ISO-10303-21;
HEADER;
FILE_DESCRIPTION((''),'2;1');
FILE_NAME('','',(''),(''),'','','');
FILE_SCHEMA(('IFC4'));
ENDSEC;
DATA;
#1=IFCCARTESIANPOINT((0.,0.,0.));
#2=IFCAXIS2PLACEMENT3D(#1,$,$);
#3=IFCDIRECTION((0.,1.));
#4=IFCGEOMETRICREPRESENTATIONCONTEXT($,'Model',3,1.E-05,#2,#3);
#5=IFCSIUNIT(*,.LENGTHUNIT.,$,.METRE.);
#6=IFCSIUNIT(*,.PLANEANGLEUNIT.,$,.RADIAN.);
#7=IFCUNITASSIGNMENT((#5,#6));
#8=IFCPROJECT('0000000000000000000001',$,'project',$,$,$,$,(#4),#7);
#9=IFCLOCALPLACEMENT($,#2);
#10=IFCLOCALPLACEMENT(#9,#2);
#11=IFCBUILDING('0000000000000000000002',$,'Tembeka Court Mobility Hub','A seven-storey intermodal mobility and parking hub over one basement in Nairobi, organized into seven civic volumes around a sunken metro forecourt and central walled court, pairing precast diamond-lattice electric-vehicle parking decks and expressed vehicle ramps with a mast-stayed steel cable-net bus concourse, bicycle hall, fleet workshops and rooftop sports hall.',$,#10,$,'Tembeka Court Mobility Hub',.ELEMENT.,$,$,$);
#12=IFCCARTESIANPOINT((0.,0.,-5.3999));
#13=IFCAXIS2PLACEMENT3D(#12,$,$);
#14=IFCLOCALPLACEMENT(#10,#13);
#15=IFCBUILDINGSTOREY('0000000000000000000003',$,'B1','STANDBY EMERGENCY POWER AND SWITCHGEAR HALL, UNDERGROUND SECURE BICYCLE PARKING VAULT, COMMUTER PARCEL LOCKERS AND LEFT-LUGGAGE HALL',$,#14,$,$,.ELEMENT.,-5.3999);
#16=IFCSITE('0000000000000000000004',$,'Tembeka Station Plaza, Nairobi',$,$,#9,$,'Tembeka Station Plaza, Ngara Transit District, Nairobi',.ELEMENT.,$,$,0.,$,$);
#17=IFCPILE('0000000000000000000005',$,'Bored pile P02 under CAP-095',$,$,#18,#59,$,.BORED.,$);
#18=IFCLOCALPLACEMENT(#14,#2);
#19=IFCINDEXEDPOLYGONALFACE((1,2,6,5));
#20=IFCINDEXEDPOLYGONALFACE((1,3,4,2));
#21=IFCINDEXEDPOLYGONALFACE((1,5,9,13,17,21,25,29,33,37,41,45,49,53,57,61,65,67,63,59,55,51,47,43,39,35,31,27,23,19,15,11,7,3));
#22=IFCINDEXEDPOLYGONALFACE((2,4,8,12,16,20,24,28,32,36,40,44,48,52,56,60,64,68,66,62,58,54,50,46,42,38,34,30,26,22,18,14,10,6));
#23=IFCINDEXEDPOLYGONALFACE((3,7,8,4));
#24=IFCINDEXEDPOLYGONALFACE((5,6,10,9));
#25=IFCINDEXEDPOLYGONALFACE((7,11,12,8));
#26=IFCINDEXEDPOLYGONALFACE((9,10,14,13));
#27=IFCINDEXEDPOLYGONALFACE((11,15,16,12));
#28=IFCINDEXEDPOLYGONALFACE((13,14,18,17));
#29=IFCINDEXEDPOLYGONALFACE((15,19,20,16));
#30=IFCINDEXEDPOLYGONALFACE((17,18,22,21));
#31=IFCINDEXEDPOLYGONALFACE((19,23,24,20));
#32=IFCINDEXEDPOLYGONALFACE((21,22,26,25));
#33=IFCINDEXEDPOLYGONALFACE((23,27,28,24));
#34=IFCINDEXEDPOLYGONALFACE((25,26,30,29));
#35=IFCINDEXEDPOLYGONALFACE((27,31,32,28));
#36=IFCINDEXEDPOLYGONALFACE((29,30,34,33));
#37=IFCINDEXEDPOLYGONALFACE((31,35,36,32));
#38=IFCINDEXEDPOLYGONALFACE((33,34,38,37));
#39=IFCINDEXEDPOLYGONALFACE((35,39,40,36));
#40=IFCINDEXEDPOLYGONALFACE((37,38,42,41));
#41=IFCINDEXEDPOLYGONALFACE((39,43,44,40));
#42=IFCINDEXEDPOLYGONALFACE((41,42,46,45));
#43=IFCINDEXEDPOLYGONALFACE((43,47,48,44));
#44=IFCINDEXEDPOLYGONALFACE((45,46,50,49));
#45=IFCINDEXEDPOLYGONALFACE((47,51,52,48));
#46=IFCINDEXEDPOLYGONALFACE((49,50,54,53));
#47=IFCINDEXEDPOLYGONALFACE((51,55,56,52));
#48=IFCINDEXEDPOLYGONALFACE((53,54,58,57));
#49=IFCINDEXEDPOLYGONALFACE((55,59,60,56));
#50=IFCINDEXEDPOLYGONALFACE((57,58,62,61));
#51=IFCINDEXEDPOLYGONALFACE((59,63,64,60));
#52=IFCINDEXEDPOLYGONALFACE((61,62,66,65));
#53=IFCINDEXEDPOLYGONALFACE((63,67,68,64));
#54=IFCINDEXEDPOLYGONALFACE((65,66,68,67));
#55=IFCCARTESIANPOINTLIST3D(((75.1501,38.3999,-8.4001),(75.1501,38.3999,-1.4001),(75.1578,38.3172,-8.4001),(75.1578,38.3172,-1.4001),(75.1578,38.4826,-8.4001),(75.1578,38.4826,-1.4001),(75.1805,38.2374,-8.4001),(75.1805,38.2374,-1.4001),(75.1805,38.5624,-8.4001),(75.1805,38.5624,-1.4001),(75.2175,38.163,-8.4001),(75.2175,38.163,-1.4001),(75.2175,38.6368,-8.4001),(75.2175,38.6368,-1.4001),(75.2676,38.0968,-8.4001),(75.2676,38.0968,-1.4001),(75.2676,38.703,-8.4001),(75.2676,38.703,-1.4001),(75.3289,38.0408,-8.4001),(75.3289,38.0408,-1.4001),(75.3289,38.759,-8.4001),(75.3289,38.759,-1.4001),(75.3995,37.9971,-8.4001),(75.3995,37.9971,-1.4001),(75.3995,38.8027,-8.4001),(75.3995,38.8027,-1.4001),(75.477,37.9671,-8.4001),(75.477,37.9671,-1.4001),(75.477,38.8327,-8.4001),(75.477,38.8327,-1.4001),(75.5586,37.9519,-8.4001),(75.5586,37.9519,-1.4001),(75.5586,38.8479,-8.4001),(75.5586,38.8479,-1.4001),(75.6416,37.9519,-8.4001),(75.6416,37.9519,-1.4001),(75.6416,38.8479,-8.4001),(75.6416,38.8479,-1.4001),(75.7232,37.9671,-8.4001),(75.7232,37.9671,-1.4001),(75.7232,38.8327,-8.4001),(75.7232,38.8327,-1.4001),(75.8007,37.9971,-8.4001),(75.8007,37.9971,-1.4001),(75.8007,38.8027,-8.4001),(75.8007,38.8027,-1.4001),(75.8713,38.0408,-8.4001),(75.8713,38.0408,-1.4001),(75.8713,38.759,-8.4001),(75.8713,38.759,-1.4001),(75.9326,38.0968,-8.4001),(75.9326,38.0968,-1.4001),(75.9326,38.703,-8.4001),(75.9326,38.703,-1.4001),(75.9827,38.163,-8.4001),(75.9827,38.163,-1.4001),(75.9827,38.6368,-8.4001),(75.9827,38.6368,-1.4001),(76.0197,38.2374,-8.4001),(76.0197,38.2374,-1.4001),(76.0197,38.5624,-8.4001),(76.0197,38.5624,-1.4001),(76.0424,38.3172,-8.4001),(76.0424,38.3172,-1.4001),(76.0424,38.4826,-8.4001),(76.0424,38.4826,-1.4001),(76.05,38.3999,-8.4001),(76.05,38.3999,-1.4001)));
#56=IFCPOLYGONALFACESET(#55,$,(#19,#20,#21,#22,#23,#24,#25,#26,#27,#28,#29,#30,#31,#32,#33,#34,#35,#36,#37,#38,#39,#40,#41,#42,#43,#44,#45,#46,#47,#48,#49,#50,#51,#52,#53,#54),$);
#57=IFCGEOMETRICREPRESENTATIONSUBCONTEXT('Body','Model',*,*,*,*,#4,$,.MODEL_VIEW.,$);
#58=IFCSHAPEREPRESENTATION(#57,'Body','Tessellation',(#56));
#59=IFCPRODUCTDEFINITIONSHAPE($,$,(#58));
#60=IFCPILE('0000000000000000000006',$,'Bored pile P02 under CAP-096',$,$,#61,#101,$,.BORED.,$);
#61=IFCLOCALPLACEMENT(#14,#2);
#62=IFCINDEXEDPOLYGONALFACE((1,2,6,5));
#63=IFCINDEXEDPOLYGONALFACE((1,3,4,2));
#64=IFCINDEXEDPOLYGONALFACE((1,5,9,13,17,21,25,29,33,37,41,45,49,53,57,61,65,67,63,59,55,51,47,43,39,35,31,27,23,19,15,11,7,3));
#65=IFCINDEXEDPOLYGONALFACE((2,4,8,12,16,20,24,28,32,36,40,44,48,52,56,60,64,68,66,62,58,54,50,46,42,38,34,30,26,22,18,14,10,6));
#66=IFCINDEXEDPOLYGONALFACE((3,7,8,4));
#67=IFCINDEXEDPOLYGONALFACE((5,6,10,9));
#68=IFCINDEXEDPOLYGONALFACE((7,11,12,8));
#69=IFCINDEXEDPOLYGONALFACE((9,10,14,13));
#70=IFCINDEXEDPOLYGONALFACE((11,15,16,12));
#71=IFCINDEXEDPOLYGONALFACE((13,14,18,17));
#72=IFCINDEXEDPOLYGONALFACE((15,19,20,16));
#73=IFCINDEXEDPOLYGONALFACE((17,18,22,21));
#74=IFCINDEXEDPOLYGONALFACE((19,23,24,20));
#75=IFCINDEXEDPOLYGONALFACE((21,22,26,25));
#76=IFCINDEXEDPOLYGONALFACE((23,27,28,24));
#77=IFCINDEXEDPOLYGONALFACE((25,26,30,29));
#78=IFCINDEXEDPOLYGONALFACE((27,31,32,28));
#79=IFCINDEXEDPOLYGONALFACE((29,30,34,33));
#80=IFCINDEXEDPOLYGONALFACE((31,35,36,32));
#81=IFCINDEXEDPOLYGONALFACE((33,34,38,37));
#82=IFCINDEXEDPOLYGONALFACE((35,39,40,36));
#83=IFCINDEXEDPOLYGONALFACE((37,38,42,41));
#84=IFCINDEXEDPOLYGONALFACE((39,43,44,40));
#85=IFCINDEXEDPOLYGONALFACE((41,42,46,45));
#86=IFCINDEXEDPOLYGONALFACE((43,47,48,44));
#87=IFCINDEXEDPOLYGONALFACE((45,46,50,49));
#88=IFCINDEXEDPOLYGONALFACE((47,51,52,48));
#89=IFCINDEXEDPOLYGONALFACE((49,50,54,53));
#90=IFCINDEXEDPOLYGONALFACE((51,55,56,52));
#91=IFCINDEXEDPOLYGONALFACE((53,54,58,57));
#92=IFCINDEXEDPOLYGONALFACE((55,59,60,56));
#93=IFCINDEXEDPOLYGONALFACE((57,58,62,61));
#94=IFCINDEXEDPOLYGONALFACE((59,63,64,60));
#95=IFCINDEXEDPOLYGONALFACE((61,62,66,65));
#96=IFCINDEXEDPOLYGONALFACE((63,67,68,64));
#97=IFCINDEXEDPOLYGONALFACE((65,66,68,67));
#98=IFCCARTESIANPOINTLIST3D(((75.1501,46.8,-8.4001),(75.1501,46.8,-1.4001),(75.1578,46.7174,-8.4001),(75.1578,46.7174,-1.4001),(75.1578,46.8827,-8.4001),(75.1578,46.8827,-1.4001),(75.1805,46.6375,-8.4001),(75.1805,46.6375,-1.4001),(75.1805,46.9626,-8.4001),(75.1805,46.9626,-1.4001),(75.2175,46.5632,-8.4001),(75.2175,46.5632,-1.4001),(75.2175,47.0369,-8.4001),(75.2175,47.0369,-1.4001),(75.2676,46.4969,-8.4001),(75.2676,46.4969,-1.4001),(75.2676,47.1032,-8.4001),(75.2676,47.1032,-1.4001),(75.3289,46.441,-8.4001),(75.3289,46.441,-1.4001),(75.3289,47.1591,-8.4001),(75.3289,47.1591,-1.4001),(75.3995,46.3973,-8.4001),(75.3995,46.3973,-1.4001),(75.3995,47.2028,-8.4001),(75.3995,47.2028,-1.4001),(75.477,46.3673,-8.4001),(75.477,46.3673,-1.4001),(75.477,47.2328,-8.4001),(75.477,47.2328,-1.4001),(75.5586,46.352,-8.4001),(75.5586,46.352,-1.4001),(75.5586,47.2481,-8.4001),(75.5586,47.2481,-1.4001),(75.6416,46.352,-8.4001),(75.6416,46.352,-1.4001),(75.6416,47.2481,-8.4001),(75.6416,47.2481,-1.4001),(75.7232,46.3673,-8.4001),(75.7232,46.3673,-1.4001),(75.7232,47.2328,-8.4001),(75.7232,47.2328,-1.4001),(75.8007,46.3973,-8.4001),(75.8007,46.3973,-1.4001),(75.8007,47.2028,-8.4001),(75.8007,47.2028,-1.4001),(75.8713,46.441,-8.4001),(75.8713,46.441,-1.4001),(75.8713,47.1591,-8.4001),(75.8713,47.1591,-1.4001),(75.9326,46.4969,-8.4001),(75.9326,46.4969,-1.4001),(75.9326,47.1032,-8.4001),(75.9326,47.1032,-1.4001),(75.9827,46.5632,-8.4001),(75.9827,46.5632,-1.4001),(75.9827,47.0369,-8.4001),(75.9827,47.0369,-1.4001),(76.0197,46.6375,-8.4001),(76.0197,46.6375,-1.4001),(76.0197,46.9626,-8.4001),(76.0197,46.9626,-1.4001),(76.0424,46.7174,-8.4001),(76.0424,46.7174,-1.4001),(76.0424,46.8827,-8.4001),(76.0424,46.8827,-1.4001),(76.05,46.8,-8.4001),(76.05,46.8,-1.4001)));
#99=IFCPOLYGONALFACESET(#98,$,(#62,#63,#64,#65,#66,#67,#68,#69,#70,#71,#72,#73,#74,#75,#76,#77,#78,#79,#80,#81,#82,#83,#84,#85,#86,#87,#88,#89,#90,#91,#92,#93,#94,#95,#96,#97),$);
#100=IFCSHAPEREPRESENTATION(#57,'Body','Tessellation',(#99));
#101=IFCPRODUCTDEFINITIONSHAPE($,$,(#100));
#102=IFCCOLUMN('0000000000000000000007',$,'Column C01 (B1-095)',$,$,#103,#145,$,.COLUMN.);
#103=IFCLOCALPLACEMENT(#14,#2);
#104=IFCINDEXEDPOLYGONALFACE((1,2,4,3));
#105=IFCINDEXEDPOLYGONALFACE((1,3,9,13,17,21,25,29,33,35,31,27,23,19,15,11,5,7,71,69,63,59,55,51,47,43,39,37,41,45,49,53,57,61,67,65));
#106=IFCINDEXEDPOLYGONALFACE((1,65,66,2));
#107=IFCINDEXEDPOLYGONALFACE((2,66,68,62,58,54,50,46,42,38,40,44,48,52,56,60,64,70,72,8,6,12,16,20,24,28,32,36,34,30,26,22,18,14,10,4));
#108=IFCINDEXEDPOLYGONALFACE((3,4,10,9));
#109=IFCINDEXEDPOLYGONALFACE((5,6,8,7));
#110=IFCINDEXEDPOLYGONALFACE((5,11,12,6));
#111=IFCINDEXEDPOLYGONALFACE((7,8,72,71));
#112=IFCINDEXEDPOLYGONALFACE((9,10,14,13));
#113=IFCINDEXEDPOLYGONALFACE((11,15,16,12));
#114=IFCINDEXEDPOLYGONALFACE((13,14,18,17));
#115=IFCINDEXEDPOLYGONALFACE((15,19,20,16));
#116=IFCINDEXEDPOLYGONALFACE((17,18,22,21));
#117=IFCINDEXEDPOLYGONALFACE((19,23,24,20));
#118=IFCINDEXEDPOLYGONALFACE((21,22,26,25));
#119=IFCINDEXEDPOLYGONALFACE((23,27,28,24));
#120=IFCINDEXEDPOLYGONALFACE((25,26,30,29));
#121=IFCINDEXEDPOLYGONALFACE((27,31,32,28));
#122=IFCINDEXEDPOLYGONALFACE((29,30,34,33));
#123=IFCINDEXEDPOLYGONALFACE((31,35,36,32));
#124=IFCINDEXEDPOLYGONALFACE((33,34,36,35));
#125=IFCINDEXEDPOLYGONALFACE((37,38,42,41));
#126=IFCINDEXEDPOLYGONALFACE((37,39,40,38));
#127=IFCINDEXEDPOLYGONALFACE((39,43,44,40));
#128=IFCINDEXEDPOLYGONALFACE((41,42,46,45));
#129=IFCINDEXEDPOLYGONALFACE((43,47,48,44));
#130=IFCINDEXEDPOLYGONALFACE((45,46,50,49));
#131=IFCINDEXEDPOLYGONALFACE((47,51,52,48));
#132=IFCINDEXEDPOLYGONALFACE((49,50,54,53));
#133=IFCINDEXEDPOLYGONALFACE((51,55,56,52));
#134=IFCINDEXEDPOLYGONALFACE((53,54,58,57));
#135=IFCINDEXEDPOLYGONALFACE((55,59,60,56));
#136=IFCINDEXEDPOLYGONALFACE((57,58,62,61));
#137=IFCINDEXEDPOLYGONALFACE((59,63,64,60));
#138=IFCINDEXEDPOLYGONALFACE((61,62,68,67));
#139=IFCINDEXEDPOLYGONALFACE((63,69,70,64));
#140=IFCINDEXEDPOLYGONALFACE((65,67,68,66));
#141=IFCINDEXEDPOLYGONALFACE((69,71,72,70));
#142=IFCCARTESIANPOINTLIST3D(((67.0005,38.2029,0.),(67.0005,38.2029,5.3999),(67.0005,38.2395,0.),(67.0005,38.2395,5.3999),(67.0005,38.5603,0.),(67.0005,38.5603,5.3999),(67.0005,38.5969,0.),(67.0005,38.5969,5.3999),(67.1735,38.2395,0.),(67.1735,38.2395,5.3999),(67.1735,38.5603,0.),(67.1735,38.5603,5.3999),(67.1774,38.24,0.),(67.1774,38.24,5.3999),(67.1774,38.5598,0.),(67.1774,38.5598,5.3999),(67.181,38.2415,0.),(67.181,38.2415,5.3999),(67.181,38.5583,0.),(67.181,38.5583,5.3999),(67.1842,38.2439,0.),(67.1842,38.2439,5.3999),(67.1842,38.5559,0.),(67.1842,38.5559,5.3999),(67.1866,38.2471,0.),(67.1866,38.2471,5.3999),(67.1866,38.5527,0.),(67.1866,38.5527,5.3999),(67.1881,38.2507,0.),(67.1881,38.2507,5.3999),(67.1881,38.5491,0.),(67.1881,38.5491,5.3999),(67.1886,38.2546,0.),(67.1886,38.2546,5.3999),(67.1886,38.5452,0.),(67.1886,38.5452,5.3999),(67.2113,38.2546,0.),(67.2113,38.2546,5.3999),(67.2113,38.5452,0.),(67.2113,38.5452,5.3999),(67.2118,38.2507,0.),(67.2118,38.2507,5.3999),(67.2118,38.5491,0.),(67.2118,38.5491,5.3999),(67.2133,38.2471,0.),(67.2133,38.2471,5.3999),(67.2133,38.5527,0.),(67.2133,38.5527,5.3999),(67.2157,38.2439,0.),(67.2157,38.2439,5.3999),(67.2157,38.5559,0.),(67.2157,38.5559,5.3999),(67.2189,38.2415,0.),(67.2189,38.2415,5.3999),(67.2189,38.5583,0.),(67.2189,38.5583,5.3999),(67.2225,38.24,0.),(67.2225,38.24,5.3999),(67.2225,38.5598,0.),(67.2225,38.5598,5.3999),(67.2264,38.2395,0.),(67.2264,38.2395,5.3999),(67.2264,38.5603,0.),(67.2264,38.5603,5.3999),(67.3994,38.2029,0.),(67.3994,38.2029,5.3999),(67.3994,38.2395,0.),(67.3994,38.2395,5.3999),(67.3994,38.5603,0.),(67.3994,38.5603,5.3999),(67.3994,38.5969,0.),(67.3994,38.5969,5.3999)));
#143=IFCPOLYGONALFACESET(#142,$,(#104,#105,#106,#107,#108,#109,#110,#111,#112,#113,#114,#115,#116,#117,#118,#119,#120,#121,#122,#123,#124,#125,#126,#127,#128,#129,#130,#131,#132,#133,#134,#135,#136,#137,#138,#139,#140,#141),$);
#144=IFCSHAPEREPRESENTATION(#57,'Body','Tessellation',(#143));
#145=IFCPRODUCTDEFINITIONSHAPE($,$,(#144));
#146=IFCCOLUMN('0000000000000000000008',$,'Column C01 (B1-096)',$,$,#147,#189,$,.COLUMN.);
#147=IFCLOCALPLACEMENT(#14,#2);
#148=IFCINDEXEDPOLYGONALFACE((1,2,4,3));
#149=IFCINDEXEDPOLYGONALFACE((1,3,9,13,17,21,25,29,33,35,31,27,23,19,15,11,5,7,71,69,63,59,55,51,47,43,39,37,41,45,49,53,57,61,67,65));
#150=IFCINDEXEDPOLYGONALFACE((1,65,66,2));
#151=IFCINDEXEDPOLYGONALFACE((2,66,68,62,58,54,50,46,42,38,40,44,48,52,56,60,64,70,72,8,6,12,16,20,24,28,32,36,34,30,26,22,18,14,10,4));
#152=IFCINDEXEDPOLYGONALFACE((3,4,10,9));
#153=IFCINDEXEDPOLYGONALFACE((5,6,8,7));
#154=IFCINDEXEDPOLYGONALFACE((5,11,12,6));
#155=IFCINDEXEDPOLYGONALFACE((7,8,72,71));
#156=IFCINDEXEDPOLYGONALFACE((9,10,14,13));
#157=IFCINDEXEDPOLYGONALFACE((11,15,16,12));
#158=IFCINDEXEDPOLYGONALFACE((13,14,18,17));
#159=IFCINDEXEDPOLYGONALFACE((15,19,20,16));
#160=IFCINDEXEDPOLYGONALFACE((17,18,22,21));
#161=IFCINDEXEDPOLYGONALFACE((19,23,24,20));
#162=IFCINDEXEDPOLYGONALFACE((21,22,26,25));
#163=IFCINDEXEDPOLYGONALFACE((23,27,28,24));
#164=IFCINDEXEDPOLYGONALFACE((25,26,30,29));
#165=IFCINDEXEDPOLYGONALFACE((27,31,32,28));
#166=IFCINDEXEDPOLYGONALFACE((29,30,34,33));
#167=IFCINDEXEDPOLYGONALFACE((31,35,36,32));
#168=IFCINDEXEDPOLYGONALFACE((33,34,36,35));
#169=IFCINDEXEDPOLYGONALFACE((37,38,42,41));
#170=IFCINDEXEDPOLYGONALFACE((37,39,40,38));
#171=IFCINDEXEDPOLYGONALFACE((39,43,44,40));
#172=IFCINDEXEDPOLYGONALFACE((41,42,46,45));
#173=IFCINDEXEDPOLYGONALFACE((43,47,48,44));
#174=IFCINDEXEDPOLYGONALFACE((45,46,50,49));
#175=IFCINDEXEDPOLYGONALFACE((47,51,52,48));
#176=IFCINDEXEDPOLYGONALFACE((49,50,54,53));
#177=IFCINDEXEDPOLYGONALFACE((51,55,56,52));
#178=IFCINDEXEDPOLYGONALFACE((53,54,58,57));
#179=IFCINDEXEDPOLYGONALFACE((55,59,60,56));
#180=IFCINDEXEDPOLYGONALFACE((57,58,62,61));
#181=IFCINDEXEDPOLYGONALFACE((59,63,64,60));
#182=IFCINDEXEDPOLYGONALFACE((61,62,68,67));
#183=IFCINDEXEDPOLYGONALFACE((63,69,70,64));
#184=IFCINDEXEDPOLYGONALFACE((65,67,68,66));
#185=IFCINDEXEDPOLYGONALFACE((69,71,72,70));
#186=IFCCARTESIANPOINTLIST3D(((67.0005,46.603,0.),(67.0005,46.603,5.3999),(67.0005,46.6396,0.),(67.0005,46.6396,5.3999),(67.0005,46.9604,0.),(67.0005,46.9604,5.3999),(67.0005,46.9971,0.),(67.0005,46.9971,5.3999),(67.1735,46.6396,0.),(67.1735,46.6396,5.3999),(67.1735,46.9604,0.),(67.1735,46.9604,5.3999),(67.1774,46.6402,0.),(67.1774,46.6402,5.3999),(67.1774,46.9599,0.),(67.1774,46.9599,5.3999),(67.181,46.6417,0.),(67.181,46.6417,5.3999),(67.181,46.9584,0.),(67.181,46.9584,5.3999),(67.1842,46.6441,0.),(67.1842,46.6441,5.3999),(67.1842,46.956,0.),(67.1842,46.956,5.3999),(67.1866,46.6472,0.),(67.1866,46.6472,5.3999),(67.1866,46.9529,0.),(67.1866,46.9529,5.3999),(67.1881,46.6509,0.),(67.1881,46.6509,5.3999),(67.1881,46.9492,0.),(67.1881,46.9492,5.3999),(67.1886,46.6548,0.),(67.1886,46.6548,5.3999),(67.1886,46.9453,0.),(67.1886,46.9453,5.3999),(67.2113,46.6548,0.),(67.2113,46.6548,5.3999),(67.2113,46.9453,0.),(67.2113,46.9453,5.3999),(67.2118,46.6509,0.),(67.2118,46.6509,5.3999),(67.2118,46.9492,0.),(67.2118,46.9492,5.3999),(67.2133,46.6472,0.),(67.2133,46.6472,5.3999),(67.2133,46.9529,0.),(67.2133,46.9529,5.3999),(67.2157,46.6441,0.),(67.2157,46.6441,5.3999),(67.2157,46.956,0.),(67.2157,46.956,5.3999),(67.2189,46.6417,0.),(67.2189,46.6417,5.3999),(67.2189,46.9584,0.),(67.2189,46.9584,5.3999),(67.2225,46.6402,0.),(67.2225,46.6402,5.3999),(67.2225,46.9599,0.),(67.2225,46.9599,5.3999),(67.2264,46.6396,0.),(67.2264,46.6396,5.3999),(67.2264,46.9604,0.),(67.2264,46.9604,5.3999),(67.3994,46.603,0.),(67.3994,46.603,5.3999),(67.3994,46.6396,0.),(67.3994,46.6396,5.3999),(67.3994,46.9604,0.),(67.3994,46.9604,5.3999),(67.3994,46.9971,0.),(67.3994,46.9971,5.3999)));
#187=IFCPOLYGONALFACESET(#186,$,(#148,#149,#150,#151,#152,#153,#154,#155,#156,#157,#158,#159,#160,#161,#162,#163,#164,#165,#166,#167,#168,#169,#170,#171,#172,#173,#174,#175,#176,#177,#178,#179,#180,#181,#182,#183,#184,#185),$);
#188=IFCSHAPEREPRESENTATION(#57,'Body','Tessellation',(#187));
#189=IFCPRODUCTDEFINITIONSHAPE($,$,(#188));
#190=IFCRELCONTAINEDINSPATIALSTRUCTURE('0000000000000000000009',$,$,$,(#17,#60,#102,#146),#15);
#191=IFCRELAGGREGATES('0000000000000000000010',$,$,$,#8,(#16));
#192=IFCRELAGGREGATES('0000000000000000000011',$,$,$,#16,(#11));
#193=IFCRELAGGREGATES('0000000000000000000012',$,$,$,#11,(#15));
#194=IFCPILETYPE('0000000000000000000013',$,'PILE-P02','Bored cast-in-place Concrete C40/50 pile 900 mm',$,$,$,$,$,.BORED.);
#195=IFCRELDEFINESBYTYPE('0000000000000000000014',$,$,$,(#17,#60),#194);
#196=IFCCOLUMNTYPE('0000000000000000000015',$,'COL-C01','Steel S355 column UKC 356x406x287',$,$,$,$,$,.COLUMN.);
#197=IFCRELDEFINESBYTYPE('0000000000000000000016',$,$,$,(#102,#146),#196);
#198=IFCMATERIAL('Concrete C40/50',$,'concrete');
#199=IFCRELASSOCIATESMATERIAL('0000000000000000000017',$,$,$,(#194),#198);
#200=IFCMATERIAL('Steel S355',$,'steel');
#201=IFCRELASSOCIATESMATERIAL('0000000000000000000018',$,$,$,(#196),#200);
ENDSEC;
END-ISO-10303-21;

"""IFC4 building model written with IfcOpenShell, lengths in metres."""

from ifc_helpers import new_model, si_unit, direction, frame, origin, origin_2d, place, context, subcontext, project, spatial, circle, i_section, extrude, material, material_profile, profile_set, type_object, element, save


model = new_model("IFC4")

# Units and contexts
model_context = context("Model", 3, precision=1e-05, world=origin(), true_north=direction((0.0, 1.0)))
body_context = subcontext(model_context, "Body", "Model", "MODEL_VIEW")
ifc_project = project(units=[si_unit("LENGTHUNIT", "METRE"), si_unit("PLANEANGLEUNIT", "RADIAN")], contexts=[model_context])

# Site, building, storey
site_placement = place(None, origin())
site = spatial("IfcSite", under=ifc_project, at=site_placement, Name="Tembeka Station Plaza, Nairobi", LongName="Tembeka Station Plaza, Ngara Transit District, Nairobi", CompositionType="ELEMENT", RefElevation=0.0)
building_placement = place(site_placement, origin())
building = spatial("IfcBuilding", under=site, at=building_placement, Name="Tembeka Court Mobility Hub", Description="A seven-storey intermodal mobility and parking hub over one basement in Nairobi, organized into seven civic volumes around a sunken metro forecourt and central walled court, pairing precast diamond-lattice electric-vehicle parking decks and expressed vehicle ramps with a mast-stayed steel cable-net bus concourse, bicycle hall, fleet workshops and rooftop sports hall.", LongName="Tembeka Court Mobility Hub", CompositionType="ELEMENT")
storey_placement = place(building_placement, frame((0.0, 0.0, -5.3999)))
storey = spatial("IfcBuildingStorey", under=building, at=storey_placement, Name="B1", Description="STANDBY EMERGENCY POWER AND SWITCHGEAR HALL, UNDERGROUND SECURE BICYCLE PARKING VAULT, COMMUTER PARCEL LOCKERS AND LEFT-LUGGAGE HALL", CompositionType="ELEMENT", Elevation=-5.3999)

# Shared definitions
ifc_material_1 = material(Name="Concrete C40/50", Category="concrete")

# Piles
ifc_material_profile_1 = material_profile(ifc_material_1, circle(Radius=0.45, at=origin_2d()), Name="PILE D900")
ifc_profile_set_1 = profile_set([ifc_material_profile_1], Name="Concrete C40/50")
pile_type = type_object("IfcPileType", Name="PILE-P02", Description="Bored cast-in-place Concrete C40/50 pile 900 mm", PredefinedType="BORED", material=ifc_profile_set_1)
for number, where, z_axis, x_axis, name in (
    (1, (75.6001, 38.3999, -1.4001), (0.0, 0.0, -1.0), (1.0, 0.0, 0.0), "Bored pile P02 under CAP-095"),
    (2, (75.6001, 46.8, -1.4001), (0.0, 0.0, -1.0), (1.0, 0.0, 0.0), "Bored pile P02 under CAP-096"),
):
    element("IfcPile", number, at=place(storey_placement, frame(where, z_axis=z_axis, x_axis=x_axis)), inside=storey, type_object=pile_type, Name=name, PredefinedType="BORED", context=body_context, shape_type="SweptSolid", body=[
        extrude(circle(Radius=0.45, at=origin_2d()), origin(), (0.0, 0.0, 1.0), 7.0),
    ])

# Columns
ifc_material_2 = material(Name="Steel S355", Category="steel")
ifc_material_profile_2 = material_profile(ifc_material_2, i_section(OverallWidth=0.3989, OverallDepth=0.394, WebThickness=0.0227, FlangeThickness=0.0366, FilletRadius=0.0151, at=origin_2d()), Name="UKC 356x406x287")
ifc_profile_set_2 = profile_set([ifc_material_profile_2], Name="Steel S355")
column_type = type_object("IfcColumnType", Name="COL-C01", Description="Steel S355 column UKC 356x406x287", PredefinedType="COLUMN", material=ifc_profile_set_2)
for number, where, z_axis, x_axis, name in (
    (3, (67.2, 38.3999, 0.0), (0.0, 0.0, 1.0), (1.0, 0.0, 0.0), "Column C01 (B1-095)"),
    (4, (67.2, 46.8, 0.0), (0.0, 0.0, 1.0), (1.0, 0.0, 0.0), "Column C01 (B1-096)"),
):
    element("IfcColumn", number, at=place(storey_placement, frame(where, z_axis=z_axis, x_axis=x_axis)), inside=storey, type_object=column_type, Name=name, PredefinedType="COLUMN", context=body_context, shape_type="SweptSolid", body=[
        extrude(i_section(OverallWidth=0.3989, OverallDepth=0.394, WebThickness=0.0227, FlangeThickness=0.0366, FilletRadius=0.0151, at=origin_2d()), origin(), (0.0, 0.0, 1.0), 5.3999),
    ])

save(model, "model.ifc")
